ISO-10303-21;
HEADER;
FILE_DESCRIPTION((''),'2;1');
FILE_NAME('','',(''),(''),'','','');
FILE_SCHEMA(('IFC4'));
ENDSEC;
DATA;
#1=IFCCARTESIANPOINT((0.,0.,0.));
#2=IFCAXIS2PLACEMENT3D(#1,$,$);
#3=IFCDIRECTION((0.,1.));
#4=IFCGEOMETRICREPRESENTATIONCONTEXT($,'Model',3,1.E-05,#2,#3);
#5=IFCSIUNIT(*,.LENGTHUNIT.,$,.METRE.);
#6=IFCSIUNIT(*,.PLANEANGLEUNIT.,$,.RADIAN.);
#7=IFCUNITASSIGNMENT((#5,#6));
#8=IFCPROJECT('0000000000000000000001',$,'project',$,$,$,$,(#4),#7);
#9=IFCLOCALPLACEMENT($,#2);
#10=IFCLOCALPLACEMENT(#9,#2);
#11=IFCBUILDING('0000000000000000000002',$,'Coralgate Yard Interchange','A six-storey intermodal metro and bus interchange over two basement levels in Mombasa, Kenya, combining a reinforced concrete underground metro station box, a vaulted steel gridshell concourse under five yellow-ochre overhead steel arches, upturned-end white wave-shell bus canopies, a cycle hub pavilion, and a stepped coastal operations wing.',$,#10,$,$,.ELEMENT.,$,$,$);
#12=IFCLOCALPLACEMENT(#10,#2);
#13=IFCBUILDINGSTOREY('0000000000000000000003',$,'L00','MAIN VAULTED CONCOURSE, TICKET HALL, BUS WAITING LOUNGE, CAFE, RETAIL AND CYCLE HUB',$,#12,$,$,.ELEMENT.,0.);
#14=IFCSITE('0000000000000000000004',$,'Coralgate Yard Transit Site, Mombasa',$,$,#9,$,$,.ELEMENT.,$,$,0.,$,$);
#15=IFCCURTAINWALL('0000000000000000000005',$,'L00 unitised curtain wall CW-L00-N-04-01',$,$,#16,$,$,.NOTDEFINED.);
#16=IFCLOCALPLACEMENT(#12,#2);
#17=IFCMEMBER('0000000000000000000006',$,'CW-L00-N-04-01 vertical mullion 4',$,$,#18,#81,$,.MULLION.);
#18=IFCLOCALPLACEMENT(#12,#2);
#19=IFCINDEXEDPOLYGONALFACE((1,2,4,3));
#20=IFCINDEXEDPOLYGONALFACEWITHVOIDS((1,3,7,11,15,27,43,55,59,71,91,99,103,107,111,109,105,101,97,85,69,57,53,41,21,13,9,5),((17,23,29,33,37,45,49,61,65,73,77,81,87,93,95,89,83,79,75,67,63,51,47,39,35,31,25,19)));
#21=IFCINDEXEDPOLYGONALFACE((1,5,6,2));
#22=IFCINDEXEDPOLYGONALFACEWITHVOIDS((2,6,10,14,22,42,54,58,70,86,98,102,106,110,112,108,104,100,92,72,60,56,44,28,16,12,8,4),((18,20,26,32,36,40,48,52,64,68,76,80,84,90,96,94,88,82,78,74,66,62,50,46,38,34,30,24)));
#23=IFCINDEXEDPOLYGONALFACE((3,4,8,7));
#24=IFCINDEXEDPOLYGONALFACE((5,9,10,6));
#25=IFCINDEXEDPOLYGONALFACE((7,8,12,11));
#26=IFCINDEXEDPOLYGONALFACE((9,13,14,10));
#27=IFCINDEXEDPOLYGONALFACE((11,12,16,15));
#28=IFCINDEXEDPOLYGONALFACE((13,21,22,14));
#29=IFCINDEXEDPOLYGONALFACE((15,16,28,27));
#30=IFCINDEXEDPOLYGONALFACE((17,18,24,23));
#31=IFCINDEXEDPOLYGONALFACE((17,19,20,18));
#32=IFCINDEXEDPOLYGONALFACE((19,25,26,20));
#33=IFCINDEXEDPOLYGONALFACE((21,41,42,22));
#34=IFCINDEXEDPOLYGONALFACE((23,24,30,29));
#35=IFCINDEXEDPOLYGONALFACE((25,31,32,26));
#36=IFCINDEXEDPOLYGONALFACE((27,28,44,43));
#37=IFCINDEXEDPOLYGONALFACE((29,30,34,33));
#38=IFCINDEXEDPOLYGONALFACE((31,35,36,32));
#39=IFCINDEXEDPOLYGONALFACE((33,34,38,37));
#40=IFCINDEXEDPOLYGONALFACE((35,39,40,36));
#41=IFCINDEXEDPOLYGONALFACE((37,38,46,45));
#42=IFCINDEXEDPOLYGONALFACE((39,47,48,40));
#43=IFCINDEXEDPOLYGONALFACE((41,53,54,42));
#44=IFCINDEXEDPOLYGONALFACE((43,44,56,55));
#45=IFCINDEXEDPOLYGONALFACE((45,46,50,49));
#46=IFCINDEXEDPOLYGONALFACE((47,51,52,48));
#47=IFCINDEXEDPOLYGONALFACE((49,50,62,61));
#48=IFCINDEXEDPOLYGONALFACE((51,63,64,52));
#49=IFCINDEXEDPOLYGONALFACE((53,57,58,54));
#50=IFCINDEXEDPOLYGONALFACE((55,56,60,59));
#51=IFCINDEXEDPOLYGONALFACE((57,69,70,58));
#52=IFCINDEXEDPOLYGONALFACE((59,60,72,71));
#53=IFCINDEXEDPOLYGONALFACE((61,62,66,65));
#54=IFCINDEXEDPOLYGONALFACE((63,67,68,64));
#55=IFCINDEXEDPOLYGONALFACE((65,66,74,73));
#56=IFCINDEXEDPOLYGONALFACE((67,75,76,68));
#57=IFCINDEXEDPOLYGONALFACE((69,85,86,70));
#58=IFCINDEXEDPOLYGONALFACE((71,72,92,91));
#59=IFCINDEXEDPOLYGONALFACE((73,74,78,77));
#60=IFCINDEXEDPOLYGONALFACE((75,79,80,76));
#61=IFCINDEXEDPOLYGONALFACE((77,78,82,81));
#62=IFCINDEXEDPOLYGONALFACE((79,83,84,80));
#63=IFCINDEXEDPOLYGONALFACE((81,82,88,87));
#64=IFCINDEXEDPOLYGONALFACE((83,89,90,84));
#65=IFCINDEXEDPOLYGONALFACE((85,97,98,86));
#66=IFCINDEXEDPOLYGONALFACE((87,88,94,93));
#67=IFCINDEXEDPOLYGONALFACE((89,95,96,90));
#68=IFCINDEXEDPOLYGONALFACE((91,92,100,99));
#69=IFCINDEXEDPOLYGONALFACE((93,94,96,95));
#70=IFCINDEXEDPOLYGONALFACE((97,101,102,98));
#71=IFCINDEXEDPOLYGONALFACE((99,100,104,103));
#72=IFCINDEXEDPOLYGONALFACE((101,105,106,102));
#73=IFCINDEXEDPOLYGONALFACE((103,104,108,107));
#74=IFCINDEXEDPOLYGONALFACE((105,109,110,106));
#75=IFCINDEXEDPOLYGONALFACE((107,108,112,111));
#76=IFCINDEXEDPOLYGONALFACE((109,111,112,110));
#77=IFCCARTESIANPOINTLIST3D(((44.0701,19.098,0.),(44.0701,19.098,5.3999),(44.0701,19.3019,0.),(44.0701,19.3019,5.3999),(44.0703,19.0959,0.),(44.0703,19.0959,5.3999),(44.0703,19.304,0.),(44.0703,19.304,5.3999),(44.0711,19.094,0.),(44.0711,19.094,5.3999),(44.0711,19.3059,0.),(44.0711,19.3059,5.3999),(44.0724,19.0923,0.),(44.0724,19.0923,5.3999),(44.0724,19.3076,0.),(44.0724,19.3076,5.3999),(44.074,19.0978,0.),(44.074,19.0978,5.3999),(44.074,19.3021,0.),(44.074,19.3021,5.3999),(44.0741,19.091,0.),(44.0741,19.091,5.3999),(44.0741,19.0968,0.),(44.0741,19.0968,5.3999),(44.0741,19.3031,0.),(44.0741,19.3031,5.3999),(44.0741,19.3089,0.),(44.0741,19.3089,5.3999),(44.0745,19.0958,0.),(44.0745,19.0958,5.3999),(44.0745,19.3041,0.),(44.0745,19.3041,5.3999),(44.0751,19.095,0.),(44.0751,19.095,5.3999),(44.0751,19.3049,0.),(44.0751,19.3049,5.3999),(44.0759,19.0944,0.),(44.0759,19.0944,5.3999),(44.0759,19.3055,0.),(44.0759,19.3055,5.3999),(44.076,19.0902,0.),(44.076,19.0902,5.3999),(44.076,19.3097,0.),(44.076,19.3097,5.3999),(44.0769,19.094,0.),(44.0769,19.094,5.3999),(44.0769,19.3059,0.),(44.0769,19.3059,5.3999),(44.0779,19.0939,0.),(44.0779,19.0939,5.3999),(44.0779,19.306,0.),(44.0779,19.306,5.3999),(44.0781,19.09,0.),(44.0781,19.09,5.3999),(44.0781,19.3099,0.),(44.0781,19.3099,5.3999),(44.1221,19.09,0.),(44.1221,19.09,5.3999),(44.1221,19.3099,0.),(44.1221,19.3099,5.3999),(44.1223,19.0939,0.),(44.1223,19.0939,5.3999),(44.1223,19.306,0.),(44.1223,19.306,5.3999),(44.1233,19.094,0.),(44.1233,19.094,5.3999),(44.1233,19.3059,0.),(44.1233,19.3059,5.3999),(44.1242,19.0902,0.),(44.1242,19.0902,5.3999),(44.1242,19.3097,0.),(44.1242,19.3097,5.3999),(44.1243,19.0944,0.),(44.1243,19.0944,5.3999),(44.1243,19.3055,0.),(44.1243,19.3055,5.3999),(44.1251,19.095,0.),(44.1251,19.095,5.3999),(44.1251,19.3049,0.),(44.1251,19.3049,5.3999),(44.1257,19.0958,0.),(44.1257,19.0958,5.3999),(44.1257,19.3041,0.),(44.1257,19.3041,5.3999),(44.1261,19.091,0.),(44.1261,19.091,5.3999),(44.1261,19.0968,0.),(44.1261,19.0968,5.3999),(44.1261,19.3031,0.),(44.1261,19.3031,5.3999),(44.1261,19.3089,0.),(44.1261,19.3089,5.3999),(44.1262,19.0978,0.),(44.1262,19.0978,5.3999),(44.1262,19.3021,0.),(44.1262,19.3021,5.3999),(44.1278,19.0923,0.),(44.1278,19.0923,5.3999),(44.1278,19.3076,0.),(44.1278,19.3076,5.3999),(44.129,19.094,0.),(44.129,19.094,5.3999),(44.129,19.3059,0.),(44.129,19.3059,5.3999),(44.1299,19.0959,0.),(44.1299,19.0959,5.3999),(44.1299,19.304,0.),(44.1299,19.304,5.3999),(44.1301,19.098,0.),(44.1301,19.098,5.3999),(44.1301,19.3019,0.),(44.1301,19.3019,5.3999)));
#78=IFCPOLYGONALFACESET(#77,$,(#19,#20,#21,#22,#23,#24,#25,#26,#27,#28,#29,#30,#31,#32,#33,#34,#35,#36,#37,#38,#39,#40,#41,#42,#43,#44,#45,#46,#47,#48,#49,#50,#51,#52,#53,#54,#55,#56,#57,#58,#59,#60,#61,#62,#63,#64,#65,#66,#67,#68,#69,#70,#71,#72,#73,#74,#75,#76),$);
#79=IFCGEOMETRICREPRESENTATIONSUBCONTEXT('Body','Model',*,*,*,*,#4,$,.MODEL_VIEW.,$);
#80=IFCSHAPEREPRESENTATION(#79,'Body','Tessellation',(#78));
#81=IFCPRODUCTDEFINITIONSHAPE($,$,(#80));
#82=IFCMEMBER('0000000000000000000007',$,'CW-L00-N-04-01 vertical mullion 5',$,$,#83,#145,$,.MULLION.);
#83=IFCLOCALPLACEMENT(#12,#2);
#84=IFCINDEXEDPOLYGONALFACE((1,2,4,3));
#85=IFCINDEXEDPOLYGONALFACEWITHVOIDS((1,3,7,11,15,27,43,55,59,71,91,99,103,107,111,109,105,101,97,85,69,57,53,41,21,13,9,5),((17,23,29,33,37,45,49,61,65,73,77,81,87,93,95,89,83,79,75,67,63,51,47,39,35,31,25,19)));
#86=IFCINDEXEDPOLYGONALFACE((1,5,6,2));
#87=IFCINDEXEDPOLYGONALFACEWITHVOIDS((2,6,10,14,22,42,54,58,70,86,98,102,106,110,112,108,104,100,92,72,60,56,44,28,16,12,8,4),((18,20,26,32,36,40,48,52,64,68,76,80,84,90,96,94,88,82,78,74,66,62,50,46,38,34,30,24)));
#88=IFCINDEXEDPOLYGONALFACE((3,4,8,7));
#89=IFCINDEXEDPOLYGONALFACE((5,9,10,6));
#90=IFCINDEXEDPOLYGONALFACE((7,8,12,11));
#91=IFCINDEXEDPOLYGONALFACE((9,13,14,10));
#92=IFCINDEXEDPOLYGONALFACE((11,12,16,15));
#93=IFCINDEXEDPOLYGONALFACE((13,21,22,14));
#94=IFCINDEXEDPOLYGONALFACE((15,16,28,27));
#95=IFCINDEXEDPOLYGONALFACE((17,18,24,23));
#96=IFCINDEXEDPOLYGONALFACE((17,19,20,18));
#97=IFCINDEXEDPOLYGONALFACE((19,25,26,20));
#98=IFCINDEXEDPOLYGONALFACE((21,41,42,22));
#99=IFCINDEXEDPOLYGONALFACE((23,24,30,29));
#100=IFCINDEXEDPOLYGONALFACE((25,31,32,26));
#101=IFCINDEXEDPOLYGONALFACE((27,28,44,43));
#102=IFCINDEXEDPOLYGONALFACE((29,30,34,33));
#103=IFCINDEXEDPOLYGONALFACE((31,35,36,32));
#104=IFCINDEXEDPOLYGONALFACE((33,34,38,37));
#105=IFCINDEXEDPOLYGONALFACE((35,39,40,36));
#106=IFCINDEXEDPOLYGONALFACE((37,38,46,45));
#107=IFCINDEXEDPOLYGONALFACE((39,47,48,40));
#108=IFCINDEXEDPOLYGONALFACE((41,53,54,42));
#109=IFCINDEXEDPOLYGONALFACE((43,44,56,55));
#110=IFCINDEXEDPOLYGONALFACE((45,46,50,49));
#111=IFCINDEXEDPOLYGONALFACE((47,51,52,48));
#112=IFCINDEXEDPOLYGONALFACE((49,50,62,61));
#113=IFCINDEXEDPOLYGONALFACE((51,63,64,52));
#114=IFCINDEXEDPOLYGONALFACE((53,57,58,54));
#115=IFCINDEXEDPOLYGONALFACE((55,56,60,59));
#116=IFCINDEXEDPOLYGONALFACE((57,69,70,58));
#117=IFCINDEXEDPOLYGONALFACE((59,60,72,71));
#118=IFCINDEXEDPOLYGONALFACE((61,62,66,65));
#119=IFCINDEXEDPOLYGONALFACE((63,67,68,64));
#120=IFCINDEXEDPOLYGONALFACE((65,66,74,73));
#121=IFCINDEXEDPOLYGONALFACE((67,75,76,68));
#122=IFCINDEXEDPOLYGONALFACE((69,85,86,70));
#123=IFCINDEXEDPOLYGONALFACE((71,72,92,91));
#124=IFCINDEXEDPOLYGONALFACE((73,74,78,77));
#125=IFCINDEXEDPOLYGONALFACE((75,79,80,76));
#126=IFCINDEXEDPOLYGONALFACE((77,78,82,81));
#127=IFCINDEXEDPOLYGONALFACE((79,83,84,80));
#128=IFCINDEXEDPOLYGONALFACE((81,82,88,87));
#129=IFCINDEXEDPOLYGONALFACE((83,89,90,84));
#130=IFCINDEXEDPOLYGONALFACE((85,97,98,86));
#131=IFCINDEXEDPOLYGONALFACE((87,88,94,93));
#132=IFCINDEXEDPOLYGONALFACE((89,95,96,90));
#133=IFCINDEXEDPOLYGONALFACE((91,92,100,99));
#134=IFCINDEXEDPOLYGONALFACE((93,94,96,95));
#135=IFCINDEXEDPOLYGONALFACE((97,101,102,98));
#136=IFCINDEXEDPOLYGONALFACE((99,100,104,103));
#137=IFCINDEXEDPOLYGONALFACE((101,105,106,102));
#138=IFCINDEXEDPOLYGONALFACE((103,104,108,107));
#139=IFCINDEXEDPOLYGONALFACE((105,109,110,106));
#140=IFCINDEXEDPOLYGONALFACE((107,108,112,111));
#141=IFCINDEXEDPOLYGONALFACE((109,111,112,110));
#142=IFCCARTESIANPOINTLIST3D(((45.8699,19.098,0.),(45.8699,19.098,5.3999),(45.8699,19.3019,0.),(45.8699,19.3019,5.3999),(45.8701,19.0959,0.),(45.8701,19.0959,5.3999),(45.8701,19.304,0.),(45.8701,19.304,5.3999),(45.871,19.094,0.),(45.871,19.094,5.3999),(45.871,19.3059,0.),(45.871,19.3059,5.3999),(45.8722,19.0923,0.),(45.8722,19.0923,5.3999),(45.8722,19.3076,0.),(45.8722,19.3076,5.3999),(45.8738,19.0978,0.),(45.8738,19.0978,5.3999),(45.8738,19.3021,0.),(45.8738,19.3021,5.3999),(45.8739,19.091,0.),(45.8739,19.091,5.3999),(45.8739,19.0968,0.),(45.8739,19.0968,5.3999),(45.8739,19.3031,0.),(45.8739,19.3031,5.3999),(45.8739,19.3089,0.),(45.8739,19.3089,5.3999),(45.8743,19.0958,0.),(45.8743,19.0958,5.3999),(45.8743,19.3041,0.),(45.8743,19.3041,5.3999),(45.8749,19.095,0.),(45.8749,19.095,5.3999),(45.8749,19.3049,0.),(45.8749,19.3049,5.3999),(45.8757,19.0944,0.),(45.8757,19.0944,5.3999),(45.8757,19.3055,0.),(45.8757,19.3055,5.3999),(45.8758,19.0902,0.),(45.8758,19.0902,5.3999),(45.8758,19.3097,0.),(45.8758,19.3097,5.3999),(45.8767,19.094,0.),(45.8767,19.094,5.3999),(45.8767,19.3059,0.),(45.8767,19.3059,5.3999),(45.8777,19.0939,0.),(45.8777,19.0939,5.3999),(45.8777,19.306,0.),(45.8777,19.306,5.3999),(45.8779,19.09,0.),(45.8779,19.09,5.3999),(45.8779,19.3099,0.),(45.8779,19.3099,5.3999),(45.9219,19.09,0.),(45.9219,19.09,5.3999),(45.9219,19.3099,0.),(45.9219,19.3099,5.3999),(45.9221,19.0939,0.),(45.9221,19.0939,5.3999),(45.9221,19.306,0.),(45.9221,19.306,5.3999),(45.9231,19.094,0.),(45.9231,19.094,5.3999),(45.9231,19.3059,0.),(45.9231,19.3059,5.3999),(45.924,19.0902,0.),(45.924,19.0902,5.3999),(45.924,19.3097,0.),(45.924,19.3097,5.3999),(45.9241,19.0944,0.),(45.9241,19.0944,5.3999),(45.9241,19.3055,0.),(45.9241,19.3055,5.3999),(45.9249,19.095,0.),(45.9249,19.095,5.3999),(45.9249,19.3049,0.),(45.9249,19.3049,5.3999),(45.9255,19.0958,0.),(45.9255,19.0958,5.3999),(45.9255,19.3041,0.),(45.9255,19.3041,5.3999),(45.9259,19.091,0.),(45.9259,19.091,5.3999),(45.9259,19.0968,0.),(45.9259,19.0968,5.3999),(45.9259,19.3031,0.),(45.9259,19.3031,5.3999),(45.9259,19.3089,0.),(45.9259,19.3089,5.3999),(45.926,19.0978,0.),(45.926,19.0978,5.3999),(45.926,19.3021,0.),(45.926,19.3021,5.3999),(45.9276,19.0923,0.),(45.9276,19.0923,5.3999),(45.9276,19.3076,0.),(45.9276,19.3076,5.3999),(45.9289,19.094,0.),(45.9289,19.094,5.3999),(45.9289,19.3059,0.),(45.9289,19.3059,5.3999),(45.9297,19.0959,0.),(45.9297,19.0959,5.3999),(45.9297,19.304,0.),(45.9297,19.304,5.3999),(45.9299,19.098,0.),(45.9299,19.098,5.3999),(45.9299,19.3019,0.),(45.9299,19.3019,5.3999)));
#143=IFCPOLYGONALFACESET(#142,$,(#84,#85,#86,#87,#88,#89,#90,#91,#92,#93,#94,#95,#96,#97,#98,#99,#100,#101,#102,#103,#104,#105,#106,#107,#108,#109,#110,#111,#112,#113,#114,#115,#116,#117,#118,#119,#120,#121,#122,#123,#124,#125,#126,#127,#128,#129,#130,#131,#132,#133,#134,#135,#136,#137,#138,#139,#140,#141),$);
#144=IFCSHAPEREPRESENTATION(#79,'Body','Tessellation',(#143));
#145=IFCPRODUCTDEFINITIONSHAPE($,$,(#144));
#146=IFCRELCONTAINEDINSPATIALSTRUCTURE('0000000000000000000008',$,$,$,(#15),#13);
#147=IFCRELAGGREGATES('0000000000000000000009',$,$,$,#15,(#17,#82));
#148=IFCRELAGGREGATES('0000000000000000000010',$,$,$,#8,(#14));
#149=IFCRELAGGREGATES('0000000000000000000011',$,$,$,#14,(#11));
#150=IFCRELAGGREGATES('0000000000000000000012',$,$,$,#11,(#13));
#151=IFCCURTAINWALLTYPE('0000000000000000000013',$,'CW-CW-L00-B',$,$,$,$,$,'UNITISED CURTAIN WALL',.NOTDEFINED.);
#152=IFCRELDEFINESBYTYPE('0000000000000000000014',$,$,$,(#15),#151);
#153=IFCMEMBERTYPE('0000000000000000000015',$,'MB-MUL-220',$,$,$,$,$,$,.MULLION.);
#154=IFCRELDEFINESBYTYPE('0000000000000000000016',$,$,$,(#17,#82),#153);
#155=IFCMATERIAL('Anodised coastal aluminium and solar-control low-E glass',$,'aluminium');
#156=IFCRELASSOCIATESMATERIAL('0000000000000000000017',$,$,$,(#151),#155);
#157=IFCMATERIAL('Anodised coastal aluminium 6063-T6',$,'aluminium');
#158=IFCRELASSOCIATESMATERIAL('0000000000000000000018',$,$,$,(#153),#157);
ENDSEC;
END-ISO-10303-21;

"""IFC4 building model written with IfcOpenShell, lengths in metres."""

from ifc_helpers import new_model, si_unit, direction, frame, origin, origin_2d, place, context, subcontext, project, spatial, hollow_rectangle, extrude, material, material_profile, profile_set, type_object, element, aggregate, save


model = new_model("IFC4")

# Units and contexts
model_context = context("Model", 3, precision=1e-05, world=origin(), true_north=direction((0.0, 1.0)))
body_context = subcontext(model_context, "Body", "Model", "MODEL_VIEW")
ifc_project = project(units=[si_unit("LENGTHUNIT", "METRE"), si_unit("PLANEANGLEUNIT", "RADIAN")], contexts=[model_context])

# Site, building, storey
site_placement = place(None, origin())
site = spatial("IfcSite", under=ifc_project, at=site_placement, Name="Coralgate Yard Transit Site, Mombasa", CompositionType="ELEMENT", RefElevation=0.0)
building_placement = place(site_placement, origin())
building = spatial("IfcBuilding", under=site, at=building_placement, Name="Coralgate Yard Interchange", Description="A six-storey intermodal metro and bus interchange over two basement levels in Mombasa, Kenya, combining a reinforced concrete underground metro station box, a vaulted steel gridshell concourse under five yellow-ochre overhead steel arches, upturned-end white wave-shell bus canopies, a cycle hub pavilion, and a stepped coastal operations wing.", CompositionType="ELEMENT")
storey_placement = place(building_placement, origin())
storey = spatial("IfcBuildingStorey", under=building, at=storey_placement, Name="L00", Description="MAIN VAULTED CONCOURSE, TICKET HALL, BUS WAITING LOUNGE, CAFE, RETAIL AND CYCLE HUB", CompositionType="ELEMENT", Elevation=0.0)

# Curtain wall, members
ifc_material_1 = material(Name="Anodised coastal aluminium and solar-control low-E glass", Category="aluminium")
curtain_wall_type = type_object("IfcCurtainWallType", Name="CW-CW-L00-B", ElementType="UNITISED CURTAIN WALL", PredefinedType="NOTDEFINED", material=ifc_material_1)
curtain_wall_placement = place(storey_placement, origin())
curtain_wall = element("IfcCurtainWall", 1, at=curtain_wall_placement, inside=storey, type_object=curtain_wall_type, Name="L00 unitised curtain wall CW-L00-N-04-01", PredefinedType="NOTDEFINED")
ifc_material_2 = material(Name="Anodised coastal aluminium 6063-T6", Category="aluminium")
ifc_material_profile_1 = material_profile(ifc_material_2, hollow_rectangle(XDim=0.0601, YDim=0.22, WallThickness=0.0039, InnerFilletRadius=0.0039, OuterFilletRadius=0.0081, at=origin_2d()), Name="ALU 60x220x4")
ifc_profile_set_1 = profile_set([ifc_material_profile_1], Name="Anodised coastal aluminium 6063-T6")
member_type_1 = type_object("IfcMemberType", Name="MB-MUL-220", PredefinedType="MULLION", material=ifc_profile_set_1)
member_1_placement = place(storey_placement, frame((44.1001, 19.2, 0.0), z_axis=(0.0, 0.0, 1.0), x_axis=(1.0, 0.0, 0.0)))
member_1 = element("IfcMember", 2, at=member_1_placement, type_object=member_type_1, Name="CW-L00-N-04-01 vertical mullion 4", PredefinedType="MULLION", context=body_context, shape_type="SweptSolid", body=[
    extrude(hollow_rectangle(XDim=0.0601, YDim=0.22, WallThickness=0.0039, InnerFilletRadius=0.0039, OuterFilletRadius=0.0081, at=origin_2d()), origin(), (0.0, 0.0, 1.0), 5.3999),
])
member_2_placement = place(storey_placement, frame((45.8999, 19.2, 0.0), z_axis=(0.0, 0.0, 1.0), x_axis=(1.0, 0.0, 0.0)))
member_2 = element("IfcMember", 3, at=member_2_placement, type_object=member_type_1, Name="CW-L00-N-04-01 vertical mullion 5", PredefinedType="MULLION", context=body_context, shape_type="SweptSolid", body=[
    extrude(hollow_rectangle(XDim=0.0601, YDim=0.22, WallThickness=0.0039, InnerFilletRadius=0.0039, OuterFilletRadius=0.0081, at=origin_2d()), origin(), (0.0, 0.0, 1.0), 5.3999),
])
aggregate(curtain_wall, [member_1, member_2])

save(model, "model.ifc")
